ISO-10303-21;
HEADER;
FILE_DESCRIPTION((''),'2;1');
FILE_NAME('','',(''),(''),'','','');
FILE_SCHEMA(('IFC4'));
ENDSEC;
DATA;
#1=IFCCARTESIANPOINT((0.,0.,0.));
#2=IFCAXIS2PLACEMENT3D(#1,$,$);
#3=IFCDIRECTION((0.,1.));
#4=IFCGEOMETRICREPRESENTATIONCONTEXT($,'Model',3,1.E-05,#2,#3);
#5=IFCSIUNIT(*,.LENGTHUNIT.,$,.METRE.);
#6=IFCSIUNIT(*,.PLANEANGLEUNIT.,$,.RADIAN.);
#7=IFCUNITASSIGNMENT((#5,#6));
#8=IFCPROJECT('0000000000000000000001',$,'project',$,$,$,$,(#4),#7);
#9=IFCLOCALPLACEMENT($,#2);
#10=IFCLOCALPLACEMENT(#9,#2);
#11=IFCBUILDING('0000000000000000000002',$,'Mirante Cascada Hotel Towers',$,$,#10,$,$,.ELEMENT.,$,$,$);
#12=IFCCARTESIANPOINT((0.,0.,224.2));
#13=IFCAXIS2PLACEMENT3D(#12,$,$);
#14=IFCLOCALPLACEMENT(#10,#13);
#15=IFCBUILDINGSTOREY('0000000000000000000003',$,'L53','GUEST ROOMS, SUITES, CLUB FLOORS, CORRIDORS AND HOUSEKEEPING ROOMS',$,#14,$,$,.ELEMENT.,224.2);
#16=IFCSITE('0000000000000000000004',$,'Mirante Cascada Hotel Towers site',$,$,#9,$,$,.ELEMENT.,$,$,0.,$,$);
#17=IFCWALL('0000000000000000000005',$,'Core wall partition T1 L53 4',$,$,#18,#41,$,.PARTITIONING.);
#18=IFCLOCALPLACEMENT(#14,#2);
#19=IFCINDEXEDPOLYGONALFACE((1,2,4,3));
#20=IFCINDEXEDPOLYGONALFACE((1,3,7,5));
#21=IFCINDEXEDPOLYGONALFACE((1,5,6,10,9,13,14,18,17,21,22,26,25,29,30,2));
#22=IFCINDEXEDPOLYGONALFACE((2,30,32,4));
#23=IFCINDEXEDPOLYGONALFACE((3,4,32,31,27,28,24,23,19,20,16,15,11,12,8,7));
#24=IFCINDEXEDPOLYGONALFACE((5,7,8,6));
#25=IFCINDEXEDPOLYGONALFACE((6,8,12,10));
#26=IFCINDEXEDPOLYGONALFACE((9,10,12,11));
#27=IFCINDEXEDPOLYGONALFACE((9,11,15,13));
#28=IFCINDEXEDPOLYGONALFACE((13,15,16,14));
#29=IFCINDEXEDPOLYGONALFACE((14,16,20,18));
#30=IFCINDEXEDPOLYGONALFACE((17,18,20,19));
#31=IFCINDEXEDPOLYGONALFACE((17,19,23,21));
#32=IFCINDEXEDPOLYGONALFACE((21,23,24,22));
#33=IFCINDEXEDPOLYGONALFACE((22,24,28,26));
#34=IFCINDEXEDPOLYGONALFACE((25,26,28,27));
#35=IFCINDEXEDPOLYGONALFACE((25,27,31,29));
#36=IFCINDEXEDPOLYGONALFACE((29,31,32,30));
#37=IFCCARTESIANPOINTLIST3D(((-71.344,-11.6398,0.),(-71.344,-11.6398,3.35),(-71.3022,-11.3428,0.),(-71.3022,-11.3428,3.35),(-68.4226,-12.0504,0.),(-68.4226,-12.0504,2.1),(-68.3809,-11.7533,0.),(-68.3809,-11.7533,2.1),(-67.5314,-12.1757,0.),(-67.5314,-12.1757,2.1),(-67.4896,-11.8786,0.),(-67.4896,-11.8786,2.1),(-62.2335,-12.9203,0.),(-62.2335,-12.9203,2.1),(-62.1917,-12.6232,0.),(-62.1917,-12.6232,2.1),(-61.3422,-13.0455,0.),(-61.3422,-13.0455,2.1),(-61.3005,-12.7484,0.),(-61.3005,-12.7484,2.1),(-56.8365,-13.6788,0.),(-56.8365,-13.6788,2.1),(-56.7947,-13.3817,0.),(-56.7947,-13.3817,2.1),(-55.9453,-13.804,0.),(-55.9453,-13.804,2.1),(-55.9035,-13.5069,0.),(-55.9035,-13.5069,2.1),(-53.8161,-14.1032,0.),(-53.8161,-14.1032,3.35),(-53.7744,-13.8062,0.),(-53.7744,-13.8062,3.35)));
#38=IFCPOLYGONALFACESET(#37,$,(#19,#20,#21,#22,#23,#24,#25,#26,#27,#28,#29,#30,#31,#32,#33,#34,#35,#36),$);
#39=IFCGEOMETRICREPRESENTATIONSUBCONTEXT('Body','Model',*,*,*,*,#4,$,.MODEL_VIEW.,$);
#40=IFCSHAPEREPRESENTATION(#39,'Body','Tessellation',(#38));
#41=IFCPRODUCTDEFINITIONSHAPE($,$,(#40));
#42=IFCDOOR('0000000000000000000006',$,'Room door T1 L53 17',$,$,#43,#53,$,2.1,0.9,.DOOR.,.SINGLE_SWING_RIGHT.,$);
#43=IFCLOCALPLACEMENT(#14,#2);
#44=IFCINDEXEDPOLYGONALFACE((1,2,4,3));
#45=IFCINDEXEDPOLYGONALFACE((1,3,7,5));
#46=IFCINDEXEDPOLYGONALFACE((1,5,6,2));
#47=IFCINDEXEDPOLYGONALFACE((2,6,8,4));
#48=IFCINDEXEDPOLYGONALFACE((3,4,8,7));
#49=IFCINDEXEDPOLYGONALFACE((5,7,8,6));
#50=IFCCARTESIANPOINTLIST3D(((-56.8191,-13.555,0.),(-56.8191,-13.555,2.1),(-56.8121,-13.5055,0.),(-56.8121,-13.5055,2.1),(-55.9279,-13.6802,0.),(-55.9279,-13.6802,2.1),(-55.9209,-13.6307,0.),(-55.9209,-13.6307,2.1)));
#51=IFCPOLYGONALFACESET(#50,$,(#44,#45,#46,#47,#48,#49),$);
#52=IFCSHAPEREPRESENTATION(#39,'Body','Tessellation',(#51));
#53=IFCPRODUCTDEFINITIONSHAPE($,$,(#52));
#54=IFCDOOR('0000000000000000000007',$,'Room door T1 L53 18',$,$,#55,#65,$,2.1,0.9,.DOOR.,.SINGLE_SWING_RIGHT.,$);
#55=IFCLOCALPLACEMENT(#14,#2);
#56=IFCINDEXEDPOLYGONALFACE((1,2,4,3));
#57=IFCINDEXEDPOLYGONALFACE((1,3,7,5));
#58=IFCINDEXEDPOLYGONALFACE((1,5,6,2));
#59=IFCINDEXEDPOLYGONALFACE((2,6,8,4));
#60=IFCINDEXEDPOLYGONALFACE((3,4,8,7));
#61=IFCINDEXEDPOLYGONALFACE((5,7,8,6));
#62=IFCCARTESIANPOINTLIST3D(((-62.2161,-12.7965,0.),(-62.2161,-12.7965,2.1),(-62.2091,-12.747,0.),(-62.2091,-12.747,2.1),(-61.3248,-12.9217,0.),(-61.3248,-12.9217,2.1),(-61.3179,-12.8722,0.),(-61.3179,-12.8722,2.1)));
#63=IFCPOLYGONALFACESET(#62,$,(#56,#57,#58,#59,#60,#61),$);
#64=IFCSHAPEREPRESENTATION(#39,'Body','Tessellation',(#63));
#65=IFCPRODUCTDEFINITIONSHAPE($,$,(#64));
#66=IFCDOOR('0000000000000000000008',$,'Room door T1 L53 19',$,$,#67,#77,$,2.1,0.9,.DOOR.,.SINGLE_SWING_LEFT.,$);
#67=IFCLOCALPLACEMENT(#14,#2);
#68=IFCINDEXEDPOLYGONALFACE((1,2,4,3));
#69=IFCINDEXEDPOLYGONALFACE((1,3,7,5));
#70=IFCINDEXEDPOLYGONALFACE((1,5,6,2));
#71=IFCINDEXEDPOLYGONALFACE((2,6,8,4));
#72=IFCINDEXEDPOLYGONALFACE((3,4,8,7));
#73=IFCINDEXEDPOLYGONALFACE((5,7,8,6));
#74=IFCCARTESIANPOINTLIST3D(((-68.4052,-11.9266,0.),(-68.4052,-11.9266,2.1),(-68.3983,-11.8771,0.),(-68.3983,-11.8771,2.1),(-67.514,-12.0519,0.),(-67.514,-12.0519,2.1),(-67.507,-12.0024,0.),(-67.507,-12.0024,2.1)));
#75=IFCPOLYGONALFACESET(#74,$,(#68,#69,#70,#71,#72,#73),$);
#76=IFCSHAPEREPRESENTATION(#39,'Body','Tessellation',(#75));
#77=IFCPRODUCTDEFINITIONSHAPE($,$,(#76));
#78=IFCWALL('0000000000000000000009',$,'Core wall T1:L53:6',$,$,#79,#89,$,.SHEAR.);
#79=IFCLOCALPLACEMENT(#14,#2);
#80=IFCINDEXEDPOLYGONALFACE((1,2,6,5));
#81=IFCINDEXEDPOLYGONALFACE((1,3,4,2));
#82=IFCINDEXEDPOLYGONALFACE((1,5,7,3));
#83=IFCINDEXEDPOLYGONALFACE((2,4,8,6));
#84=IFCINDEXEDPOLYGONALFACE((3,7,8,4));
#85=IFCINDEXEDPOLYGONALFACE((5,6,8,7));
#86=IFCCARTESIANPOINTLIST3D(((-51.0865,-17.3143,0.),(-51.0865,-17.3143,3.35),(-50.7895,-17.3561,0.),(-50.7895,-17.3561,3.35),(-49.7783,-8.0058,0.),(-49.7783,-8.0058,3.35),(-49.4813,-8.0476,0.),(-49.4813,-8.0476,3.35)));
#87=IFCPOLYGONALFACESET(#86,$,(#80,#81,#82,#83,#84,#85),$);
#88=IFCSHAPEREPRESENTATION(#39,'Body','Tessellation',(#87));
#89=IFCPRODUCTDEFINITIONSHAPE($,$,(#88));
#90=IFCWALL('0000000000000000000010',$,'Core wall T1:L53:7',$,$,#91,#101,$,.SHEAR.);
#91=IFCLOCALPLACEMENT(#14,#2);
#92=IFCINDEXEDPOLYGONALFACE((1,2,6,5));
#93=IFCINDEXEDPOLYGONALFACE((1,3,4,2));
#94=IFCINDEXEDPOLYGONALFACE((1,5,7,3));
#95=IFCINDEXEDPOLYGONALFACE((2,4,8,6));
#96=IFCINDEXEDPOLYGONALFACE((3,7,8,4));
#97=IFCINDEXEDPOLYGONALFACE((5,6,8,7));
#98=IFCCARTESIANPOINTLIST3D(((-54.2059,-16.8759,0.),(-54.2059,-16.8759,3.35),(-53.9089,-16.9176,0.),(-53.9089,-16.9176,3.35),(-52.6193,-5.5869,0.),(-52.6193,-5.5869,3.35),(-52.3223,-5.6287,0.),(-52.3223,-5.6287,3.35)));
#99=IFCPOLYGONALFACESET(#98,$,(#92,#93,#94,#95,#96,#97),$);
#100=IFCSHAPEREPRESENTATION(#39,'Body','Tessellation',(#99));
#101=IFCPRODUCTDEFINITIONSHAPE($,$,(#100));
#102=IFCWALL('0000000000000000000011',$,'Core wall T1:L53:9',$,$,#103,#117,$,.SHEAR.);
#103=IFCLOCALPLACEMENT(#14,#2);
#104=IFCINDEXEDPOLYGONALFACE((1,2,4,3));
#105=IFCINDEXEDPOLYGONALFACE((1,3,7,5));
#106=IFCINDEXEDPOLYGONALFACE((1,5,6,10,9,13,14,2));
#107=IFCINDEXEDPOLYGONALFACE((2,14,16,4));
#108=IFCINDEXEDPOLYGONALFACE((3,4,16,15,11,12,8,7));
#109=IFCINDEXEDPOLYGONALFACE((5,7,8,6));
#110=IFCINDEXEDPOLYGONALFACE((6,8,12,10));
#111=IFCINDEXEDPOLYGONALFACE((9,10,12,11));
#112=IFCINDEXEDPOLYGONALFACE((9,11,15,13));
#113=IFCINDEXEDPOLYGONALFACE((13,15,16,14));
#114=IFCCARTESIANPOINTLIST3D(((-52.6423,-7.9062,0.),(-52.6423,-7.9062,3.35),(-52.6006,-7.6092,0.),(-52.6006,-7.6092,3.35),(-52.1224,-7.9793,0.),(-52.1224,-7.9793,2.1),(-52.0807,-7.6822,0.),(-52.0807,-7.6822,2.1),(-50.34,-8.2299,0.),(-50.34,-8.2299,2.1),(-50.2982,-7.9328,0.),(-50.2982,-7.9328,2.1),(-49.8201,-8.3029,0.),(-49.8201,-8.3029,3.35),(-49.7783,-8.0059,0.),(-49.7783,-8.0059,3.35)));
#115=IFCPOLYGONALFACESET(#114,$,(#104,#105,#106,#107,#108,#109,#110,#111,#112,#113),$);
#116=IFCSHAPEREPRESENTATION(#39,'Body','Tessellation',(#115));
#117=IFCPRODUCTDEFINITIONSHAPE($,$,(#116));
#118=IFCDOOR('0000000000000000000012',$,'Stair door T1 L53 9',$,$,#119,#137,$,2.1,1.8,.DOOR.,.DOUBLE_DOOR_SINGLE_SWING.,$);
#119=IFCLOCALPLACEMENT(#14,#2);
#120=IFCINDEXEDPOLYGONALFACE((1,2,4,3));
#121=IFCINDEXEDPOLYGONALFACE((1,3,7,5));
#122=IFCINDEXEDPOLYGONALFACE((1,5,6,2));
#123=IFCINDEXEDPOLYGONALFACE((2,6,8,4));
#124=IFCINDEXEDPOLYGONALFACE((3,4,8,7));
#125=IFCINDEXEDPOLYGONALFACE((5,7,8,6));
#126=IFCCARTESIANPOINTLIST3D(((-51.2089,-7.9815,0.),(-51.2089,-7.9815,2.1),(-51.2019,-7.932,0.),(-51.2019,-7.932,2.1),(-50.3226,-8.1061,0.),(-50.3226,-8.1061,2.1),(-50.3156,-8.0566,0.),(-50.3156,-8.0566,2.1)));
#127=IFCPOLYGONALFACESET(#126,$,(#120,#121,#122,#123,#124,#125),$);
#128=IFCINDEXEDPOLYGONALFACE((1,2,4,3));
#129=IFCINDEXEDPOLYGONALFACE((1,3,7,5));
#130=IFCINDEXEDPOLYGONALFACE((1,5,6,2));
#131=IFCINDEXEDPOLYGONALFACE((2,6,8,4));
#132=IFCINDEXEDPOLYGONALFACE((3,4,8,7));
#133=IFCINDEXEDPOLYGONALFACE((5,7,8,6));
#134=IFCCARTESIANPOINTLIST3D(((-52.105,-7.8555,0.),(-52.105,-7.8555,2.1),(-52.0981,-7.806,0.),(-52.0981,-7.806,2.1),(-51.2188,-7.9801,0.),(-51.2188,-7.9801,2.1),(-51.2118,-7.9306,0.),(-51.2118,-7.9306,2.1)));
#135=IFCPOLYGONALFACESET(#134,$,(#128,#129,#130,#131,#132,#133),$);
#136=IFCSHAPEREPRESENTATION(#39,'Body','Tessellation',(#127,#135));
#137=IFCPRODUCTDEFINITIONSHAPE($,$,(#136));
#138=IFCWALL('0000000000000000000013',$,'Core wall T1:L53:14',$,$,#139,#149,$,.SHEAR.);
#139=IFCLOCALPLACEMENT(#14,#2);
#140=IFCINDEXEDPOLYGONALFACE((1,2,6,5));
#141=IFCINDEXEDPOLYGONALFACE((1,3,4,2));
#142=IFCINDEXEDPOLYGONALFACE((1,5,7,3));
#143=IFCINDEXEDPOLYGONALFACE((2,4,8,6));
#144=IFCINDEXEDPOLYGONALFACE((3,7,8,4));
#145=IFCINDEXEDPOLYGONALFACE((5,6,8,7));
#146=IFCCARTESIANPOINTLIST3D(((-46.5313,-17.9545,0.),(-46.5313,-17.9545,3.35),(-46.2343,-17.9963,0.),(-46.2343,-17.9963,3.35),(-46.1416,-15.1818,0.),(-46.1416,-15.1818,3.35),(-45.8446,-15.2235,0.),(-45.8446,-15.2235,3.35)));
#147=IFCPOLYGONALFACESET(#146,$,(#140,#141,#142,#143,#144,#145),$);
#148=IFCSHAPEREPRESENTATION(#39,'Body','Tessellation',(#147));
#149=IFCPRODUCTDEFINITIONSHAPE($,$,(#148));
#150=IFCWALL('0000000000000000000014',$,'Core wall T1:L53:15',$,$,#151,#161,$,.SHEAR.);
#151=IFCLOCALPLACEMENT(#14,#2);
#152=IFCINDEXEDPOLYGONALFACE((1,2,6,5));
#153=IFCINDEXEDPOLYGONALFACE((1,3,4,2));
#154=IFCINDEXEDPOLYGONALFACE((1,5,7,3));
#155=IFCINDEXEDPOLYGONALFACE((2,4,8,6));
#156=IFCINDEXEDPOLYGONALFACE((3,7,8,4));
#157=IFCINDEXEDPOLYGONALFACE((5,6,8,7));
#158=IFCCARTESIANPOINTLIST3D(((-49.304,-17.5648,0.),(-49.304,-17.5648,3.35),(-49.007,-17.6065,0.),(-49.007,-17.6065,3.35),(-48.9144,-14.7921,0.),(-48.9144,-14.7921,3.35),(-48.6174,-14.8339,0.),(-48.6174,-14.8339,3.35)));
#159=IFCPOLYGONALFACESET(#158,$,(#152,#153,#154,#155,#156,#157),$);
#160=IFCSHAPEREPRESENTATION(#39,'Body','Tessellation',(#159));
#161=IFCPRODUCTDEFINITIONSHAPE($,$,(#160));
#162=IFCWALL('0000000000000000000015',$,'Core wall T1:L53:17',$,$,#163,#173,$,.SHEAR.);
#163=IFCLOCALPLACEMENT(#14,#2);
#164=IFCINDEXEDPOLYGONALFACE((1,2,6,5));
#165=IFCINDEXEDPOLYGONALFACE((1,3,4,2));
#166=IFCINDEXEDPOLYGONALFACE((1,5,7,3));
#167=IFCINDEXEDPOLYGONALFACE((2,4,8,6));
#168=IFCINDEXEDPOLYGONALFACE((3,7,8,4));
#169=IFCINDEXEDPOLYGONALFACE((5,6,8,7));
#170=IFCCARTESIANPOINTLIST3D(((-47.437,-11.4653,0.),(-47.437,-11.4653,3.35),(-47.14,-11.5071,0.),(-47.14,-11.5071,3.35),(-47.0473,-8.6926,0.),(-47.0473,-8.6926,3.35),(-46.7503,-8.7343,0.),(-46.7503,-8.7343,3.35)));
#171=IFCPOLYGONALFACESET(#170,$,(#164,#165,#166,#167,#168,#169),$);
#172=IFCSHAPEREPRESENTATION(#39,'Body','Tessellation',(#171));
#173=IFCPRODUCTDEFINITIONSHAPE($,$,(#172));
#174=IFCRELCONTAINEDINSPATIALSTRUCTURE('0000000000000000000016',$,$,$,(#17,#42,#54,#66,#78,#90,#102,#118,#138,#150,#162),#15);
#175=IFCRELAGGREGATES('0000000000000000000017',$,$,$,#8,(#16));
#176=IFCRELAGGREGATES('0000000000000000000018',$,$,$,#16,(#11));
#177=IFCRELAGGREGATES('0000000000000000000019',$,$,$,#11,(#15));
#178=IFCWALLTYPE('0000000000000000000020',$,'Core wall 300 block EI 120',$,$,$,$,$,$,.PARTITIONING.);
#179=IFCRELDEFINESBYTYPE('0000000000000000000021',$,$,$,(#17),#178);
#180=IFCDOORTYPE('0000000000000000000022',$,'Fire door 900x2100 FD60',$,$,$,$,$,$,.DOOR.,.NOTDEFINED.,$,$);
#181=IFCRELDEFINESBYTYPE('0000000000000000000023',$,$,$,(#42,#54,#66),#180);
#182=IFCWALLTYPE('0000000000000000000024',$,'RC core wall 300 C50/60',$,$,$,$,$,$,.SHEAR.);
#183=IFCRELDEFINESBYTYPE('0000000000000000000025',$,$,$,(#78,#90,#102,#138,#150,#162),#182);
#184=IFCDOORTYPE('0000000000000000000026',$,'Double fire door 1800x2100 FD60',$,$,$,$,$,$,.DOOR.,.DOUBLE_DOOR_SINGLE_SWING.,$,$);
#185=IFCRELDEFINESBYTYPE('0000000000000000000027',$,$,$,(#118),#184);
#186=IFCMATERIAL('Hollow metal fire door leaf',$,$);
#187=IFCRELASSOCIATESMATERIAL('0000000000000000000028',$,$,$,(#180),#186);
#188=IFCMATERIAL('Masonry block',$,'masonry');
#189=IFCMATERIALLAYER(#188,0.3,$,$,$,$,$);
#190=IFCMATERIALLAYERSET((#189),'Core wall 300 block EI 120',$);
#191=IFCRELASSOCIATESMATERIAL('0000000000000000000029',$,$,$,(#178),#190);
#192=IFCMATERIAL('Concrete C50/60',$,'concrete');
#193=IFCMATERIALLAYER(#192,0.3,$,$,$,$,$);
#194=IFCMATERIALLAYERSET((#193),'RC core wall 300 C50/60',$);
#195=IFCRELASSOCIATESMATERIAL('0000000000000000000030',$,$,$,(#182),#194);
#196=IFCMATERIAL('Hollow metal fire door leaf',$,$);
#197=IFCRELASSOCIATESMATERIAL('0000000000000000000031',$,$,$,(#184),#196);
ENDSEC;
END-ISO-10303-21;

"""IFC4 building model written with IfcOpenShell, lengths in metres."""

from ifc_helpers import new_model, si_unit, direction, frame, frame_2d, origin, place, context, subcontext, project, spatial, rectangle, extrude, material, layer, layer_set, type_object, element, fill, save


model = new_model("IFC4")

# Units and contexts
model_context = context("Model", 3, precision=1e-05, world=origin(), true_north=direction((0.0, 1.0)))
body_context = subcontext(model_context, "Body", "Model", "MODEL_VIEW")
ifc_project = project(units=[si_unit("LENGTHUNIT", "METRE"), si_unit("PLANEANGLEUNIT", "RADIAN")], contexts=[model_context])

# Site, building, storey
site_placement = place(None, origin())
site = spatial("IfcSite", under=ifc_project, at=site_placement, Name="Mirante Cascada Hotel Towers site", CompositionType="ELEMENT", RefElevation=0.0)
building_placement = place(site_placement, origin())
building = spatial("IfcBuilding", under=site, at=building_placement, Name="Mirante Cascada Hotel Towers", CompositionType="ELEMENT")
storey_placement = place(building_placement, frame((0.0, 0.0, 224.2)))
storey = spatial("IfcBuildingStorey", under=building, at=storey_placement, Name="L53", Description="GUEST ROOMS, SUITES, CLUB FLOORS, CORRIDORS AND HOUSEKEEPING ROOMS", CompositionType="ELEMENT", Elevation=224.2)

# Shared definitions
ifc_material_1 = material(Name="Hollow metal fire door leaf")
door_type_1 = type_object("IfcDoorType", Name="Fire door 900x2100 FD60", OperationType="NOTDEFINED", PredefinedType="DOOR", material=ifc_material_1)

# Wall, openings, doors
ifc_material_2 = material(Name="Masonry block", Category="masonry")
ifc_layer_1 = layer(ifc_material_2, 0.3)
ifc_layer_set_1 = layer_set([ifc_layer_1], Name="Core wall 300 block EI 120")
wall_type_1 = type_object("IfcWallType", Name="Core wall 300 block EI 120", PredefinedType="PARTITIONING", material=ifc_layer_set_1)
wall_1_placement = place(storey_placement, frame((-53.7953, -13.9547, 0.0), z_axis=(0.0, 0.0, 1.0), x_axis=(-0.990268, 0.139175, 0.0)))
wall_1 = element("IfcWall", 1, at=wall_1_placement, inside=storey, type_object=wall_type_1, Name="Core wall partition T1 L53 4", PredefinedType="PARTITIONING", context=body_context, shape_type="SweptSolid", body=[
    extrude(rectangle(XDim=17.7001, YDim=0.3, at=frame_2d((8.85, 0.0))), origin(), (0.0, 0.0, 1.0), 3.35),
])
opening_1_placement = place(wall_1_placement, frame((2.15, 0.0, 0.0)))
opening_1 = element("IfcOpeningElement", 2, at=opening_1_placement, cuts=wall_1, PredefinedType="OPENING", context=body_context, shape_type="SweptSolid", body=[
    extrude(rectangle(XDim=0.9, YDim=2.1, at=frame_2d((0.45, 1.05))), frame((0.0, 0.15, 0.0), z_axis=(0.0, -1.0, 0.0), x_axis=(1.0, 0.0, 0.0)), (0.0, 0.0, 1.0), 0.3),
])
opening_2_placement = place(wall_1_placement, frame((7.6, 0.0, 0.0)))
opening_2 = element("IfcOpeningElement", 3, at=opening_2_placement, cuts=wall_1, PredefinedType="OPENING", context=body_context, shape_type="SweptSolid", body=[
    extrude(rectangle(XDim=0.9, YDim=2.1, at=frame_2d((0.45, 1.05))), frame((0.0, 0.15, 0.0), z_axis=(0.0, -1.0, 0.0), x_axis=(1.0, 0.0, 0.0)), (0.0, 0.0, 1.0), 0.3),
])
opening_3_placement = place(wall_1_placement, frame((13.85, 0.0, 0.0)))
opening_3 = element("IfcOpeningElement", 4, at=opening_3_placement, cuts=wall_1, PredefinedType="OPENING", context=body_context, shape_type="SweptSolid", body=[
    extrude(rectangle(XDim=0.9, YDim=2.1, at=frame_2d((0.45, 1.05))), frame((0.0, 0.15, 0.0), z_axis=(0.0, -1.0, 0.0), x_axis=(1.0, 0.0, 0.0)), (0.0, 0.0, 1.0), 0.3),
])
door_1_placement = place(opening_1_placement, origin())
door_1 = element("IfcDoor", 5, at=door_1_placement, inside=storey, type_object=door_type_1, Name="Room door T1 L53 17", OperationType="SINGLE_SWING_RIGHT", OverallHeight=2.1, OverallWidth=0.9, PredefinedType="DOOR", context=body_context, shape_type="SweptSolid", body=[
    extrude(rectangle(XDim=0.9, YDim=2.1, at=frame_2d((0.45, 1.05))), frame((0.0, 0.025, 0.0), z_axis=(0.0, -1.0, 0.0), x_axis=(1.0, 0.0, 0.0)), (0.0, 0.0, 1.0), 0.05),
])
fill(opening_1, door_1)
door_2_placement = place(opening_2_placement, origin())
door_2 = element("IfcDoor", 6, at=door_2_placement, inside=storey, type_object=door_type_1, Name="Room door T1 L53 18", OperationType="SINGLE_SWING_RIGHT", OverallHeight=2.1, OverallWidth=0.9, PredefinedType="DOOR", context=body_context, shape_type="SweptSolid", body=[
    extrude(rectangle(XDim=0.9, YDim=2.1, at=frame_2d((0.45, 1.05))), frame((0.0, 0.025, 0.0), z_axis=(0.0, -1.0, 0.0), x_axis=(1.0, 0.0, 0.0)), (0.0, 0.0, 1.0), 0.05),
])
fill(opening_2, door_2)
door_3_placement = place(opening_3_placement, origin())
door_3 = element("IfcDoor", 7, at=door_3_placement, inside=storey, type_object=door_type_1, Name="Room door T1 L53 19", OperationType="SINGLE_SWING_LEFT", OverallHeight=2.1, OverallWidth=0.9, PredefinedType="DOOR", context=body_context, shape_type="SweptSolid", body=[
    extrude(rectangle(XDim=0.9, YDim=2.1, at=frame_2d((0.45, 1.05))), frame((0.0, 0.025, 0.0), z_axis=(0.0, -1.0, 0.0), x_axis=(1.0, 0.0, 0.0)), (0.0, 0.0, 1.0), 0.05),
])
fill(opening_3, door_3)

# Walls
ifc_material_3 = material(Name="Concrete C50/60", Category="concrete")
ifc_layer_2 = layer(ifc_material_3, 0.3)
ifc_layer_set_2 = layer_set([ifc_layer_2], Name="RC core wall 300 C50/60")
wall_type_2 = type_object("IfcWallType", Name="RC core wall 300 C50/60", PredefinedType="SHEAR", material=ifc_layer_set_2)
wall_2_placement = place(storey_placement, frame((-50.938, -17.3352, 0.0), z_axis=(0.0, 0.0, 1.0), x_axis=(0.139171, 0.990268, 0.0)))
element("IfcWall", 8, at=wall_2_placement, inside=storey, type_object=wall_type_2, Name="Core wall T1:L53:6", PredefinedType="SHEAR", context=body_context, shape_type="SweptSolid", body=[
    extrude(rectangle(XDim=9.4, YDim=0.3, at=frame_2d((4.7, 0.0))), origin(), (0.0, 0.0, 1.0), 3.35),
])
wall_3_placement = place(storey_placement, frame((-54.0574, -16.8968, 0.0), z_axis=(0.0, 0.0, 1.0), x_axis=(0.139176, 0.990268, 0.0)))
element("IfcWall", 9, at=wall_3_placement, inside=storey, type_object=wall_type_2, Name="Core wall T1:L53:7", PredefinedType="SHEAR", context=body_context, shape_type="SweptSolid", body=[
    extrude(rectangle(XDim=11.3999, YDim=0.3, at=frame_2d((5.7, 0.0))), origin(), (0.0, 0.0, 1.0), 3.35),
])

# Wall, opening, door
wall_4_placement = place(storey_placement, frame((-49.7992, -8.1544, 0.0), z_axis=(0.0, 0.0, 1.0), x_axis=(-0.990266, 0.139191, 0.0)))
wall_4 = element("IfcWall", 10, at=wall_4_placement, inside=storey, type_object=wall_type_2, Name="Core wall T1:L53:9", PredefinedType="SHEAR", context=body_context, shape_type="SweptSolid", body=[
    extrude(rectangle(XDim=2.85, YDim=0.3, at=frame_2d((1.425, 0.0))), origin(), (0.0, 0.0, 1.0), 3.35),
])
opening_4_placement = place(wall_4_placement, frame((0.525, 0.0, 0.0)))
opening_4 = element("IfcOpeningElement", 11, at=opening_4_placement, cuts=wall_4, PredefinedType="OPENING", context=body_context, shape_type="SweptSolid", body=[
    extrude(rectangle(XDim=1.8, YDim=2.1, at=frame_2d((0.9, 1.05))), frame((0.0, 0.15, 0.0), z_axis=(0.0, -1.0, 0.0), x_axis=(1.0, 0.0, 0.0)), (0.0, 0.0, 1.0), 0.3),
])
ifc_material_4 = material(Name="Hollow metal fire door leaf")
door_type_2 = type_object("IfcDoorType", Name="Double fire door 1800x2100 FD60", OperationType="DOUBLE_DOOR_SINGLE_SWING", PredefinedType="DOOR", material=ifc_material_4)
door_4_placement = place(opening_4_placement, origin())
door_4 = element("IfcDoor", 12, at=door_4_placement, inside=storey, type_object=door_type_2, Name="Stair door T1 L53 9", OperationType="DOUBLE_DOOR_SINGLE_SWING", OverallHeight=2.1, OverallWidth=1.8, PredefinedType="DOOR", context=body_context, shape_type="SweptSolid", body=[
    extrude(rectangle(XDim=0.895, YDim=2.1, at=frame_2d((0.4475, 1.05))), frame((0.0, 0.025, 0.0), z_axis=(0.0, -1.0, 0.0), x_axis=(1.0, 0.0, 0.0)), (0.0, 0.0, 1.0), 0.05),
    extrude(rectangle(XDim=0.895, YDim=2.1, at=frame_2d((1.3525, 1.05))), frame((0.0, 0.025, 0.0), z_axis=(0.0, -1.0, 0.0), x_axis=(1.0, 0.0, 0.0)), (0.0, 0.0, 1.0), 0.05),
])
fill(opening_4, door_4)

# Walls
wall_5_placement = place(storey_placement, frame((-46.3828, -17.9754, 0.0), z_axis=(0.0, 0.0, 1.0), x_axis=(0.139181, 0.990267, 0.0)))
element("IfcWall", 13, at=wall_5_placement, inside=storey, type_object=wall_type_2, Name="Core wall T1:L53:14", PredefinedType="SHEAR", context=body_context, shape_type="SweptSolid", body=[
    extrude(rectangle(XDim=2.8, YDim=0.3, at=frame_2d((1.4, 0.0))), origin(), (0.0, 0.0, 1.0), 3.35),
])
wall_6_placement = place(storey_placement, frame((-49.1555, -17.5857, 0.0), z_axis=(0.0, 0.0, 1.0), x_axis=(0.139146, 0.990272, 0.0)))
element("IfcWall", 14, at=wall_6_placement, inside=storey, type_object=wall_type_2, Name="Core wall T1:L53:15", PredefinedType="SHEAR", context=body_context, shape_type="SweptSolid", body=[
    extrude(rectangle(XDim=2.7999, YDim=0.3, at=frame_2d((1.4, 0.0))), origin(), (0.0, 0.0, 1.0), 3.35),
])
wall_7_placement = place(storey_placement, frame((-47.2885, -11.4862, 0.0), z_axis=(0.0, 0.0, 1.0), x_axis=(0.139181, 0.990267, 0.0)))
element("IfcWall", 15, at=wall_7_placement, inside=storey, type_object=wall_type_2, Name="Core wall T1:L53:17", PredefinedType="SHEAR", context=body_context, shape_type="SweptSolid", body=[
    extrude(rectangle(XDim=2.8, YDim=0.3, at=frame_2d((1.4, 0.0))), origin(), (0.0, 0.0, 1.0), 3.35),
])

save(model, "model.ifc")
